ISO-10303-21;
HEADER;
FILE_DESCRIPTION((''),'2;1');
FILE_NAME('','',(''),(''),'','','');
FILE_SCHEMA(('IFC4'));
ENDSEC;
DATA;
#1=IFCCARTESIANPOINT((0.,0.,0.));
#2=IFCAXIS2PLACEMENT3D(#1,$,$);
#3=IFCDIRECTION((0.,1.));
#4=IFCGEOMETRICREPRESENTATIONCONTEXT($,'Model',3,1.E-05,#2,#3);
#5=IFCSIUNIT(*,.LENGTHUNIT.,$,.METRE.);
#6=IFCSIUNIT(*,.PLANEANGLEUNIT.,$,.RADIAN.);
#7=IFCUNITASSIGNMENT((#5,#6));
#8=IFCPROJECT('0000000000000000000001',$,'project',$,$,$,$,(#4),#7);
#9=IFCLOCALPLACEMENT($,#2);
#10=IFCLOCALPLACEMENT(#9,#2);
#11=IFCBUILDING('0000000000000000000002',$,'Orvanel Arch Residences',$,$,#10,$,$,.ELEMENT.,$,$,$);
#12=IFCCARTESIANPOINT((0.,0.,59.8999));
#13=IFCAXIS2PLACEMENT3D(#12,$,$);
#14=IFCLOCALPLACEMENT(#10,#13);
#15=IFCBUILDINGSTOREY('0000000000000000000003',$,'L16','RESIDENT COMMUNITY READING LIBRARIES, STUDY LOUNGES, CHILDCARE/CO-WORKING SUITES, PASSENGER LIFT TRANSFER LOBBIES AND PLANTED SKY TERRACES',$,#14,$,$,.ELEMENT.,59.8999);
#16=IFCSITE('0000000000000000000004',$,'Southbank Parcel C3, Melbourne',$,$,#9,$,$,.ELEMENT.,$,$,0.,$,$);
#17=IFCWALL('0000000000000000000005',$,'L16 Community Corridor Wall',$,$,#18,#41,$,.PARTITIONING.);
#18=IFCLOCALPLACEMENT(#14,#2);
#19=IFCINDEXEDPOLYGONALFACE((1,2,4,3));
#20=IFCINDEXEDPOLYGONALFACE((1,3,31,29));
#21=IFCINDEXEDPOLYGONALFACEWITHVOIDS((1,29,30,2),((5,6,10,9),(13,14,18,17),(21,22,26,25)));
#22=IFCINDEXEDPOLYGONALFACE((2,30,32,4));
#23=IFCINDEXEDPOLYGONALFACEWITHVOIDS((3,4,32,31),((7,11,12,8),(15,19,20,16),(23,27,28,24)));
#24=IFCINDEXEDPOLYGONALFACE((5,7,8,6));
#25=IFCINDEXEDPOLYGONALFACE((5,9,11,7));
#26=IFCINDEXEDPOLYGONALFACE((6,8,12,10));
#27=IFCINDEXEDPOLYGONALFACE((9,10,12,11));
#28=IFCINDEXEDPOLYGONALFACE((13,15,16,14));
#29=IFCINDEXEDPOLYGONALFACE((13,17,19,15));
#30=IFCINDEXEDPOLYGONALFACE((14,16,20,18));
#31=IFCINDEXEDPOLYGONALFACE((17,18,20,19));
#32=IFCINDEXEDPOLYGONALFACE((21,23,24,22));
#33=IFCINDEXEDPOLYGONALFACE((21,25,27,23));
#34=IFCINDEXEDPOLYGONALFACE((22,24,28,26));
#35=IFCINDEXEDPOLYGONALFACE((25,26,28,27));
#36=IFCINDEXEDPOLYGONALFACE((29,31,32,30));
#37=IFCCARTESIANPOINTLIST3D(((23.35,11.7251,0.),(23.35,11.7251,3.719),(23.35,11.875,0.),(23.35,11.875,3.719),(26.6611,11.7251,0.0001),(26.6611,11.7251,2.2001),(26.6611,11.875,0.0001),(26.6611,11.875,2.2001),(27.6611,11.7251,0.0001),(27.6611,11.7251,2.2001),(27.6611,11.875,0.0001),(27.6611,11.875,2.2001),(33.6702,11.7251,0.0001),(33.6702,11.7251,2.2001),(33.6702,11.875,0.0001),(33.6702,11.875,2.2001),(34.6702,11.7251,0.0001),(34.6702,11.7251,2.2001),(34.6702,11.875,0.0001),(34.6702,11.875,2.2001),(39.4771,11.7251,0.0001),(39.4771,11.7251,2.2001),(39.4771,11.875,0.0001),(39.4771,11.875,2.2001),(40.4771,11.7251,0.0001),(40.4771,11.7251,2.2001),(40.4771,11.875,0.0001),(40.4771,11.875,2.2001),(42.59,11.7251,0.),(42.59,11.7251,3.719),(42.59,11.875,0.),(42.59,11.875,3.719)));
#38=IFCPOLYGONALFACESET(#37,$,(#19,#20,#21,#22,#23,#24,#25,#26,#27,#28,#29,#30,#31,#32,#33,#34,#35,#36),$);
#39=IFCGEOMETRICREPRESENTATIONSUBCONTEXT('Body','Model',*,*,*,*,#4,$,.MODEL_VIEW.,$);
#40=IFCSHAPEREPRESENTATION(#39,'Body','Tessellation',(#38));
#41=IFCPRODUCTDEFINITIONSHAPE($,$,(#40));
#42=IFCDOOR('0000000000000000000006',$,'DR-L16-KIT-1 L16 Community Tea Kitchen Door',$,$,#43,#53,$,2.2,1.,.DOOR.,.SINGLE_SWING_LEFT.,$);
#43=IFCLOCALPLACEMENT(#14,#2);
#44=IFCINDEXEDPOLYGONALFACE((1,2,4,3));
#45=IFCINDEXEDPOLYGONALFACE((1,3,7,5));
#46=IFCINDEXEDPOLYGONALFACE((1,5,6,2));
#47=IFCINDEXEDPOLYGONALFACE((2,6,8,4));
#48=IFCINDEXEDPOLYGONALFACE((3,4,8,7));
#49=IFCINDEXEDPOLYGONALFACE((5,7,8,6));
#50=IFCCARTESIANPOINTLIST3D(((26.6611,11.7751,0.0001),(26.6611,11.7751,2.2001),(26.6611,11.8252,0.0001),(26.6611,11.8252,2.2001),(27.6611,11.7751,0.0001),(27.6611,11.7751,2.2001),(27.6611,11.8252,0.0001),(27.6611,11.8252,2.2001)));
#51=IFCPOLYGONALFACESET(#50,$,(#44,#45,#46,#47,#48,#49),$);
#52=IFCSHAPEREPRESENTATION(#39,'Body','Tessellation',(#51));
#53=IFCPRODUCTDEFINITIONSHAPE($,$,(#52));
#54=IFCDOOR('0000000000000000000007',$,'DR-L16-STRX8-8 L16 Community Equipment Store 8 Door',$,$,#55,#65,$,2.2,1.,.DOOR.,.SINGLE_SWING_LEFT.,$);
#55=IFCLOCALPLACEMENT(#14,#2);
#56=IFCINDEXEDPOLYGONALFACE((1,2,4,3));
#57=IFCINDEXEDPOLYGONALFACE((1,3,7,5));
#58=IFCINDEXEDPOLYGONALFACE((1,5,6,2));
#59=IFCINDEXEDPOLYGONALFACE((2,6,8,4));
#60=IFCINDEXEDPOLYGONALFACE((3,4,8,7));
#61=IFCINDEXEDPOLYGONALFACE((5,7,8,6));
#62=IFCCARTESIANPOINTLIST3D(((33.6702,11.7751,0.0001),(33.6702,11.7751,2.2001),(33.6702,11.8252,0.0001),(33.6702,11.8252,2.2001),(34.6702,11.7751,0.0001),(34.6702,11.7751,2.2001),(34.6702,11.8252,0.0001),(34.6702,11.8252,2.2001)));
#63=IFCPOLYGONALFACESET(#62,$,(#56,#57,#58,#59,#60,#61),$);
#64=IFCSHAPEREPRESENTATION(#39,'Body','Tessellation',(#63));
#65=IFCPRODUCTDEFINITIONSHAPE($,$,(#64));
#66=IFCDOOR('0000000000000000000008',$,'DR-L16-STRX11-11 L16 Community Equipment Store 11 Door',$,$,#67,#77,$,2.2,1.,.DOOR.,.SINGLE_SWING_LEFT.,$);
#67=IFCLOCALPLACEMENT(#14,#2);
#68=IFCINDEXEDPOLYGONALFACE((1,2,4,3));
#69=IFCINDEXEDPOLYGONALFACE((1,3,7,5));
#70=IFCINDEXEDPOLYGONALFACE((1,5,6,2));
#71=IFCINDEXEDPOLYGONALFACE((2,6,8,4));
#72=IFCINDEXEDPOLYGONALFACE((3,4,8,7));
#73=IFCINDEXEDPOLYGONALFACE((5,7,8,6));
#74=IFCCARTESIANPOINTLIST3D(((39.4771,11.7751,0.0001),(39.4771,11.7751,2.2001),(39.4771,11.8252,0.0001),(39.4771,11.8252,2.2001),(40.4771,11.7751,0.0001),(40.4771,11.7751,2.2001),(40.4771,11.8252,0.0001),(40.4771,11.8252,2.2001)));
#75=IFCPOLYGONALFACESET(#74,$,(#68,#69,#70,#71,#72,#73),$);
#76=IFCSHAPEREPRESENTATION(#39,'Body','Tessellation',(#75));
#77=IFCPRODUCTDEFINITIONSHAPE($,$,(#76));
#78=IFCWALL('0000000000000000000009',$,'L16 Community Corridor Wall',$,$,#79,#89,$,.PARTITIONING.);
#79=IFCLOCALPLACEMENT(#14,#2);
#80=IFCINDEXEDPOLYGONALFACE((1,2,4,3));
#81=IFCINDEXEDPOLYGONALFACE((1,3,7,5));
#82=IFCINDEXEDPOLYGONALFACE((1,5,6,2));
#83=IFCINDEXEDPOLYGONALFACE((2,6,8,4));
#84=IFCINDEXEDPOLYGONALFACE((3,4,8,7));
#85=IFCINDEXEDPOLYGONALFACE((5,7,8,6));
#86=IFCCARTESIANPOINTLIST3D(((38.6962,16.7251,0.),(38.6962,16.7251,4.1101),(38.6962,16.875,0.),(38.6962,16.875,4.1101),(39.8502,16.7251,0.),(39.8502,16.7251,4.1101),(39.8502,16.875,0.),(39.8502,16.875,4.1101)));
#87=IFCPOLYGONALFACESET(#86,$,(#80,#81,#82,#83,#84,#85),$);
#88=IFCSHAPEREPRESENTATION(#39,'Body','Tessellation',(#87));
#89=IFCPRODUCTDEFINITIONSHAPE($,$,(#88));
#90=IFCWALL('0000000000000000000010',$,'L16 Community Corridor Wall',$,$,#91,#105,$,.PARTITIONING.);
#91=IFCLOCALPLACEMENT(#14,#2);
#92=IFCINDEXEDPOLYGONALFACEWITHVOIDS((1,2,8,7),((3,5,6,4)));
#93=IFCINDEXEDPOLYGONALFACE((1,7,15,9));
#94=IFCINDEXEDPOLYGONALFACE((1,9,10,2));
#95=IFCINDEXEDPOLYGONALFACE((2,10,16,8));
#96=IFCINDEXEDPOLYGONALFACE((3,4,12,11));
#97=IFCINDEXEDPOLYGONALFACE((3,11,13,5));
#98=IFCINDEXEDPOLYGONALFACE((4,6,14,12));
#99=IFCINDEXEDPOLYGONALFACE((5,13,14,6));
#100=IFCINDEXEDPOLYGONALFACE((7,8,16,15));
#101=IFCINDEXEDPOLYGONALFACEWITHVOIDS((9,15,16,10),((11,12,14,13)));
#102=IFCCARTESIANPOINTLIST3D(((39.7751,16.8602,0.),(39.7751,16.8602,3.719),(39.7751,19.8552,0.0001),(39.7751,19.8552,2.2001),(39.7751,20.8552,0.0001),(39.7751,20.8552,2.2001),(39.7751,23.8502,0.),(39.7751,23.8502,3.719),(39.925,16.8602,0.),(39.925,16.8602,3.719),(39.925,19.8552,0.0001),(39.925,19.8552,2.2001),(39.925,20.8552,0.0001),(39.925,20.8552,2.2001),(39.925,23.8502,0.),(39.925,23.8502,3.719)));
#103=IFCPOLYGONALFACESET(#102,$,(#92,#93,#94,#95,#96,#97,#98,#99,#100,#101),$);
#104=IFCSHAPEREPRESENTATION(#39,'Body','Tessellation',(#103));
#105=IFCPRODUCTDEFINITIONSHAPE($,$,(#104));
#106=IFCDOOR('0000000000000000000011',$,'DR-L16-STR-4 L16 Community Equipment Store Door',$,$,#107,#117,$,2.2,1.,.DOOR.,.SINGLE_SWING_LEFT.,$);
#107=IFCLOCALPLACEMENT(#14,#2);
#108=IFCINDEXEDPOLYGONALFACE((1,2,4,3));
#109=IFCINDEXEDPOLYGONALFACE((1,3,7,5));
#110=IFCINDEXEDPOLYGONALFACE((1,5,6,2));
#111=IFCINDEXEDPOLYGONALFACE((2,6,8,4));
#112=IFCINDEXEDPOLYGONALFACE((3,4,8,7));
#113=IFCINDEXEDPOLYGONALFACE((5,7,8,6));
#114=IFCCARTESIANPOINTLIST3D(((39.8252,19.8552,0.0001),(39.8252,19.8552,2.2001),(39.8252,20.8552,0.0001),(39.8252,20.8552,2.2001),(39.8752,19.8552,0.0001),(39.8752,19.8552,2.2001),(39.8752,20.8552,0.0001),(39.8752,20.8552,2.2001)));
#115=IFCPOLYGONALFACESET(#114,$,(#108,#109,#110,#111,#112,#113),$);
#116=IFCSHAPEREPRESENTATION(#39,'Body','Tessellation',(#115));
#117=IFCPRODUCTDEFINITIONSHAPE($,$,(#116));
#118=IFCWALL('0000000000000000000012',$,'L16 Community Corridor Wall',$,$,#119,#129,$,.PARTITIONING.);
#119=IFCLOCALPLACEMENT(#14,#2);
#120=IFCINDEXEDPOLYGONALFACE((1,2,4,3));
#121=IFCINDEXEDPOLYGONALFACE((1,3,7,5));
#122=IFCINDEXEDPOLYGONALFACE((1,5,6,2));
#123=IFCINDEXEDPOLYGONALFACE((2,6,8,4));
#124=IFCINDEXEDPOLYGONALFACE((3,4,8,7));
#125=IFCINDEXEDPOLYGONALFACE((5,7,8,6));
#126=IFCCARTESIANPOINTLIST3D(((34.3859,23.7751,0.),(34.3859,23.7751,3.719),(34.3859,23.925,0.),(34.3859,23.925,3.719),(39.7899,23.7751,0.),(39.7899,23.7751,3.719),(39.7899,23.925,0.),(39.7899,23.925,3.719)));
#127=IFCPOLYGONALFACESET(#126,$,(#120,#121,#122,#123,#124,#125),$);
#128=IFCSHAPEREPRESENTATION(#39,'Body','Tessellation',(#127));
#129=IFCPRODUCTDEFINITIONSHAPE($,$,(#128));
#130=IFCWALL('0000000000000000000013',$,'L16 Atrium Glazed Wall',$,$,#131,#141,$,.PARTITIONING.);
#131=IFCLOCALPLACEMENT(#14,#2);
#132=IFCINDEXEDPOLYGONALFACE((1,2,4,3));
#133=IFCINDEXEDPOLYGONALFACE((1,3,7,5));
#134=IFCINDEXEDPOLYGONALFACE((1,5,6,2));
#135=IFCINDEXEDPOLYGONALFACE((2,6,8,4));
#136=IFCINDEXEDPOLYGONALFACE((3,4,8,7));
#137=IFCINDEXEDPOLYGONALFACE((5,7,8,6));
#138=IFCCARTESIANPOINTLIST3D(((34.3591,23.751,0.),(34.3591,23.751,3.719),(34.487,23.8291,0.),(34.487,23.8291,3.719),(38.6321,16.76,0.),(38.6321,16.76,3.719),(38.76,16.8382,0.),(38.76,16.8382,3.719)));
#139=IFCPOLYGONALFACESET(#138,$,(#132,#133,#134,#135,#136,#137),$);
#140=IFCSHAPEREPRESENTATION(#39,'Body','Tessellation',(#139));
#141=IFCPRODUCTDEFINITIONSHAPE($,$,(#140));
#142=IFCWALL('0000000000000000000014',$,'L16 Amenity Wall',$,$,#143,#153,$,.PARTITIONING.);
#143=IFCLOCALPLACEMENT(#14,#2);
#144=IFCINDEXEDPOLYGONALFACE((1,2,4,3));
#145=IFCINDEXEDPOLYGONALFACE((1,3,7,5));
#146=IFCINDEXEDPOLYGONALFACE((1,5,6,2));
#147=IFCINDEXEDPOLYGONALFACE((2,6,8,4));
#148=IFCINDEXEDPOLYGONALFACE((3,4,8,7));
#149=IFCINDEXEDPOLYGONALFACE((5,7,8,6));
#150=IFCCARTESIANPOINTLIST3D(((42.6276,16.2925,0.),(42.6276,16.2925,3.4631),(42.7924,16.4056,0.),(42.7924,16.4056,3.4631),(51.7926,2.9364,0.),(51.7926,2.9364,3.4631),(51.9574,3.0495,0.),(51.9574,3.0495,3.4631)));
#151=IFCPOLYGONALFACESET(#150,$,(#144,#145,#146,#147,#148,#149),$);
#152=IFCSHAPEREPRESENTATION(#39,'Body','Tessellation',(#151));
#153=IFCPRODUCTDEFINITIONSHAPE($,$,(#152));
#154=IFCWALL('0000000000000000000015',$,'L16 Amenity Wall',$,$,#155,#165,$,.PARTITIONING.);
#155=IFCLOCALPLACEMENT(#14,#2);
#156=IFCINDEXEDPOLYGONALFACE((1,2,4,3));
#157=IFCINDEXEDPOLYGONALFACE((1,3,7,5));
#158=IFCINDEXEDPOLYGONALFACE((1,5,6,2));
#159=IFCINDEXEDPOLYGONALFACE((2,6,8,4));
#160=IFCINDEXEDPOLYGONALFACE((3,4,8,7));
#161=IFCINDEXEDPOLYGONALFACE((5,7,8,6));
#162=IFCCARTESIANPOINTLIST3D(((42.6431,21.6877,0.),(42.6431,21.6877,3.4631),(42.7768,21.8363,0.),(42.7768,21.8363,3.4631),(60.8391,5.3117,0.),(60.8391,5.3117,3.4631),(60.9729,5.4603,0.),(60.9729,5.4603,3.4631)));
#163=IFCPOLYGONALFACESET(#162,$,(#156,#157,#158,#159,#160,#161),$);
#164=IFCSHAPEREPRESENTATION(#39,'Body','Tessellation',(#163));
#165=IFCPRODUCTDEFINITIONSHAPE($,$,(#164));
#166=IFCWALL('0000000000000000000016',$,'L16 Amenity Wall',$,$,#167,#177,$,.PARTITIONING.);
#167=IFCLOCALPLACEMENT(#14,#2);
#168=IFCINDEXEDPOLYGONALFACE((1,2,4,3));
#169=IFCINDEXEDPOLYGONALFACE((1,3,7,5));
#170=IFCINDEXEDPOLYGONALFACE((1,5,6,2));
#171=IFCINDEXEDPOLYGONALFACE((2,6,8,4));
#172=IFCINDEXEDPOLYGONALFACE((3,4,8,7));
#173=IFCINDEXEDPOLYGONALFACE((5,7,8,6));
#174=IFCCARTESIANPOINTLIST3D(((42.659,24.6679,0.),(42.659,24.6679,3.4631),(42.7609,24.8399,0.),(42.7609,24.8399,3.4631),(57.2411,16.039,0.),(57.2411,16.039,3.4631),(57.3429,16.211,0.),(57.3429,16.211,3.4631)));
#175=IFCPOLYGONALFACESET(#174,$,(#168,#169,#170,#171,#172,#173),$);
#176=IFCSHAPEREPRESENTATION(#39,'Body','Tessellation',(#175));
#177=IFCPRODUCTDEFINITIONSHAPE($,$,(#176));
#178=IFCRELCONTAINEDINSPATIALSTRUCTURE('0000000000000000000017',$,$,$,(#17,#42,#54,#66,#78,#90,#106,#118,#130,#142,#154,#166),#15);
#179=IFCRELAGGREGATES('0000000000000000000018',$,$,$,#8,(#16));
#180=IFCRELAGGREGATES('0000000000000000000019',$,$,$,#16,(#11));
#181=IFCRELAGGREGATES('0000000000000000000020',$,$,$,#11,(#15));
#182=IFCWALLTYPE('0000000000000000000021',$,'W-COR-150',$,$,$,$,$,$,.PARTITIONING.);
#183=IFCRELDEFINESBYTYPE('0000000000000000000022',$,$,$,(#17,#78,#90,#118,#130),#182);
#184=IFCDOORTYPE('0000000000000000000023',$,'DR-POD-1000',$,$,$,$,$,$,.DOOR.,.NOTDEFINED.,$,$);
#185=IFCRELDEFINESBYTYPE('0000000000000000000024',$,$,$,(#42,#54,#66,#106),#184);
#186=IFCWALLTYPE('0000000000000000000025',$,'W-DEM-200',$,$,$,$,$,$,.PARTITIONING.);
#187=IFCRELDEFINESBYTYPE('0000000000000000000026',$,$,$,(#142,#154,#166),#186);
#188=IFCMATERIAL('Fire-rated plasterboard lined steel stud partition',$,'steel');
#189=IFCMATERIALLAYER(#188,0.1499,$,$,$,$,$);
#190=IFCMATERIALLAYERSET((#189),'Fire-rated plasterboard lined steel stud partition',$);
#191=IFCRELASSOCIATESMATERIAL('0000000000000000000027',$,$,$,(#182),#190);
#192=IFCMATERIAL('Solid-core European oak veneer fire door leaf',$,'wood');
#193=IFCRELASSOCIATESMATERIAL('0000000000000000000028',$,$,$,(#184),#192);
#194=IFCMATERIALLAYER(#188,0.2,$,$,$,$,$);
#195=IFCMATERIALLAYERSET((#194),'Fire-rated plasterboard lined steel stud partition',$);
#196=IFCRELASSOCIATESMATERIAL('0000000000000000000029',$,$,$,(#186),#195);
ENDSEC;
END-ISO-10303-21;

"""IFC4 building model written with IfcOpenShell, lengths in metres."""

from ifc_helpers import new_model, si_unit, direction, frame, frame_2d, origin, place, context, subcontext, project, spatial, rectangle, extrude, material, layer, layer_set, type_object, element, fill, save


model = new_model("IFC4")

# Units and contexts
model_context = context("Model", 3, precision=1e-05, world=origin(), true_north=direction((0.0, 1.0)))
body_context = subcontext(model_context, "Body", "Model", "MODEL_VIEW")
ifc_project = project(units=[si_unit("LENGTHUNIT", "METRE"), si_unit("PLANEANGLEUNIT", "RADIAN")], contexts=[model_context])

# Site, building, storey
site_placement = place(None, origin())
site = spatial("IfcSite", under=ifc_project, at=site_placement, Name="Southbank Parcel C3, Melbourne", CompositionType="ELEMENT", RefElevation=0.0)
building_placement = place(site_placement, origin())
building = spatial("IfcBuilding", under=site, at=building_placement, Name="Orvanel Arch Residences", CompositionType="ELEMENT")
storey_placement = place(building_placement, frame((0.0, 0.0, 59.8999)))
storey = spatial("IfcBuildingStorey", under=building, at=storey_placement, Name="L16", Description="RESIDENT COMMUNITY READING LIBRARIES, STUDY LOUNGES, CHILDCARE/CO-WORKING SUITES, PASSENGER LIFT TRANSFER LOBBIES AND PLANTED SKY TERRACES", CompositionType="ELEMENT", Elevation=59.8999)

# Wall, openings, doors
ifc_material_1 = material(Name="Fire-rated plasterboard lined steel stud partition", Category="steel")
ifc_layer_1 = layer(ifc_material_1, 0.1499)
ifc_layer_set_1 = layer_set([ifc_layer_1], Name="Fire-rated plasterboard lined steel stud partition")
wall_type_1 = type_object("IfcWallType", Name="W-COR-150", PredefinedType="PARTITIONING", material=ifc_layer_set_1)
wall_1_placement = place(storey_placement, frame((42.5901, 11.8, 0.0), z_axis=(0.0, 0.0, 1.0), x_axis=(-1.0, 0.0, 0.0)))
wall_1 = element("IfcWall", 1, at=wall_1_placement, inside=storey, type_object=wall_type_1, Name="L16 Community Corridor Wall", PredefinedType="PARTITIONING", context=body_context, shape_type="SweptSolid", body=[
    extrude(rectangle(XDim=19.24, YDim=0.1499, at=frame_2d((9.6201, 0.0))), origin(), (0.0, 0.0, 1.0), 3.719),
])
opening_1_placement = place(wall_1_placement, frame((14.929, 0.0, 0.0)))
opening_1 = element("IfcOpeningElement", 2, at=opening_1_placement, cuts=wall_1, PredefinedType="OPENING", context=body_context, shape_type="SweptSolid", body=[
    extrude(rectangle(XDim=1.0, YDim=2.2, at=frame_2d((0.5, 1.1001))), frame((0.0, 0.085, 0.0), z_axis=(0.0, -1.0, 0.0), x_axis=(1.0, 0.0, 0.0)), (0.0, 0.0, 1.0), 0.1699),
])
opening_2_placement = place(wall_1_placement, frame((7.9199, 0.0, 0.0)))
opening_2 = element("IfcOpeningElement", 3, at=opening_2_placement, cuts=wall_1, PredefinedType="OPENING", context=body_context, shape_type="SweptSolid", body=[
    extrude(rectangle(XDim=1.0, YDim=2.2, at=frame_2d((0.5, 1.1001))), frame((0.0, 0.085, 0.0), z_axis=(0.0, -1.0, 0.0), x_axis=(1.0, 0.0, 0.0)), (0.0, 0.0, 1.0), 0.1699),
])
opening_3_placement = place(wall_1_placement, frame((2.113, 0.0, 0.0)))
opening_3 = element("IfcOpeningElement", 4, at=opening_3_placement, cuts=wall_1, PredefinedType="OPENING", context=body_context, shape_type="SweptSolid", body=[
    extrude(rectangle(XDim=1.0, YDim=2.2, at=frame_2d((0.5, 1.1001))), frame((0.0, 0.085, 0.0), z_axis=(0.0, -1.0, 0.0), x_axis=(1.0, 0.0, 0.0)), (0.0, 0.0, 1.0), 0.1699),
])
ifc_material_2 = material(Name="Solid-core European oak veneer fire door leaf", Category="wood")
door_type_1 = type_object("IfcDoorType", Name="DR-POD-1000", OperationType="NOTDEFINED", PredefinedType="DOOR", material=ifc_material_2)
door_1_placement = place(opening_1_placement, origin())
door_1 = element("IfcDoor", 5, at=door_1_placement, inside=storey, type_object=door_type_1, Name="DR-L16-KIT-1 L16 Community Tea Kitchen Door", OperationType="SINGLE_SWING_LEFT", OverallHeight=2.2, OverallWidth=1.0, PredefinedType="DOOR", context=body_context, shape_type="SweptSolid", body=[
    extrude(rectangle(XDim=1.0, YDim=2.2, at=frame_2d((0.5, 1.1001))), frame((0.0, 0.0249, 0.0), z_axis=(0.0, -1.0, 0.0), x_axis=(1.0, 0.0, 0.0)), (0.0, 0.0, 1.0), 0.05),
])
fill(opening_1, door_1)
door_2_placement = place(opening_2_placement, origin())
door_2 = element("IfcDoor", 6, at=door_2_placement, inside=storey, type_object=door_type_1, Name="DR-L16-STRX8-8 L16 Community Equipment Store 8 Door", OperationType="SINGLE_SWING_LEFT", OverallHeight=2.2, OverallWidth=1.0, PredefinedType="DOOR", context=body_context, shape_type="SweptSolid", body=[
    extrude(rectangle(XDim=1.0, YDim=2.2, at=frame_2d((0.5, 1.1001))), frame((0.0, 0.0249, 0.0), z_axis=(0.0, -1.0, 0.0), x_axis=(1.0, 0.0, 0.0)), (0.0, 0.0, 1.0), 0.05),
])
fill(opening_2, door_2)
door_3_placement = place(opening_3_placement, origin())
door_3 = element("IfcDoor", 7, at=door_3_placement, inside=storey, type_object=door_type_1, Name="DR-L16-STRX11-11 L16 Community Equipment Store 11 Door", OperationType="SINGLE_SWING_LEFT", OverallHeight=2.2, OverallWidth=1.0, PredefinedType="DOOR", context=body_context, shape_type="SweptSolid", body=[
    extrude(rectangle(XDim=1.0, YDim=2.2, at=frame_2d((0.5, 1.1001))), frame((0.0, 0.0249, 0.0), z_axis=(0.0, -1.0, 0.0), x_axis=(1.0, 0.0, 0.0)), (0.0, 0.0, 1.0), 0.05),
])
fill(opening_3, door_3)

# Wall
wall_2_placement = place(storey_placement, frame((38.696, 16.8, 0.0), z_axis=(0.0, 0.0, 1.0), x_axis=(1.0, 0.0, 0.0)))
element("IfcWall", 8, at=wall_2_placement, inside=storey, type_object=wall_type_1, Name="L16 Community Corridor Wall", PredefinedType="PARTITIONING", context=body_context, shape_type="SweptSolid", body=[
    extrude(rectangle(XDim=1.1541, YDim=0.1499, at=frame_2d((0.5771, 0.0))), origin(), (0.0, 0.0, 1.0), 4.1101),
])

# Wall, opening, door
wall_3_placement = place(storey_placement, frame((39.8501, 16.8601, 0.0), z_axis=(0.0, 0.0, 1.0), x_axis=(0.0, 1.0, 0.0)))
wall_3 = element("IfcWall", 9, at=wall_3_placement, inside=storey, type_object=wall_type_1, Name="L16 Community Corridor Wall", PredefinedType="PARTITIONING", context=body_context, shape_type="SweptSolid", body=[
    extrude(rectangle(XDim=6.99, YDim=0.1499, at=frame_2d((3.4951, 0.0))), origin(), (0.0, 0.0, 1.0), 3.719),
])
opening_4_placement = place(wall_3_placement, frame((2.9951, 0.0, 0.0)))
opening_4 = element("IfcOpeningElement", 10, at=opening_4_placement, cuts=wall_3, PredefinedType="OPENING", context=body_context, shape_type="SweptSolid", body=[
    extrude(rectangle(XDim=1.0, YDim=2.2, at=frame_2d((0.5, 1.1001))), frame((0.0, 0.085, 0.0), z_axis=(0.0, -1.0, 0.0), x_axis=(1.0, 0.0, 0.0)), (0.0, 0.0, 1.0), 0.1699),
])
door_4_placement = place(opening_4_placement, origin())
door_4 = element("IfcDoor", 11, at=door_4_placement, inside=storey, type_object=door_type_1, Name="DR-L16-STR-4 L16 Community Equipment Store Door", OperationType="SINGLE_SWING_LEFT", OverallHeight=2.2, OverallWidth=1.0, PredefinedType="DOOR", context=body_context, shape_type="SweptSolid", body=[
    extrude(rectangle(XDim=1.0, YDim=2.2, at=frame_2d((0.5, 1.1001))), frame((0.0, 0.0249, 0.0), z_axis=(0.0, -1.0, 0.0), x_axis=(1.0, 0.0, 0.0)), (0.0, 0.0, 1.0), 0.05),
])
fill(opening_4, door_4)

# Walls
wall_4_placement = place(storey_placement, frame((39.79, 23.8501, 0.0), z_axis=(0.0, 0.0, 1.0), x_axis=(-1.0, 0.0, 0.0)))
element("IfcWall", 12, at=wall_4_placement, inside=storey, type_object=wall_type_1, Name="L16 Community Corridor Wall", PredefinedType="PARTITIONING", context=body_context, shape_type="SweptSolid", body=[
    extrude(rectangle(XDim=5.4041, YDim=0.1499, at=frame_2d((2.7021, 0.0))), origin(), (0.0, 0.0, 1.0), 3.719),
])
wall_5_placement = place(storey_placement, frame((34.4231, 23.79, 0.0), z_axis=(0.0, 0.0, 1.0), x_axis=(0.521511, -0.853244, 0.0)))
element("IfcWall", 13, at=wall_5_placement, inside=storey, type_object=wall_type_1, Name="L16 Atrium Glazed Wall", PredefinedType="PARTITIONING", context=body_context, shape_type="SweptSolid", body=[
    extrude(rectangle(XDim=8.1934, YDim=0.1499, at=frame_2d((4.0967, 0.0))), origin(), (0.0, 0.0, 1.0), 3.719),
])
ifc_layer_2 = layer(ifc_material_1, 0.2)
ifc_layer_set_2 = layer_set([ifc_layer_2], Name="Fire-rated plasterboard lined steel stud partition")
wall_type_2 = type_object("IfcWallType", Name="W-DEM-200", PredefinedType="PARTITIONING", material=ifc_layer_set_2)
wall_6_placement = place(storey_placement, frame((51.875, 2.9929, 0.0), z_axis=(0.0, 0.0, 1.0), x_axis=(-0.565801, 0.824542, 0.0)))
element("IfcWall", 14, at=wall_6_placement, inside=storey, type_object=wall_type_2, Name="L16 Amenity Wall", PredefinedType="PARTITIONING", context=body_context, shape_type="SweptSolid", body=[
    extrude(rectangle(XDim=16.1982, YDim=0.2, at=frame_2d((8.0991, 0.0))), origin(), (0.0, 0.0, 1.0), 3.4631),
])
wall_7_placement = place(storey_placement, frame((42.71, 21.762, 0.0), z_axis=(0.0, 0.0, 1.0), x_axis=(0.743304, -0.668954, 0.0)))
element("IfcWall", 15, at=wall_7_placement, inside=storey, type_object=wall_type_2, Name="L16 Amenity Wall", PredefinedType="PARTITIONING", context=body_context, shape_type="SweptSolid", body=[
    extrude(rectangle(XDim=24.48, YDim=0.2, at=frame_2d((12.24, 0.0))), origin(), (0.0, 0.0, 1.0), 3.4631),
])
wall_8_placement = place(storey_placement, frame((42.71, 24.7539, 0.0), z_axis=(0.0, 0.0, 1.0), x_axis=(0.86061, -0.509265, 0.0)))
element("IfcWall", 16, at=wall_8_placement, inside=storey, type_object=wall_type_2, Name="L16 Amenity Wall", PredefinedType="PARTITIONING", context=body_context, shape_type="SweptSolid", body=[
    extrude(rectangle(XDim=16.9438, YDim=0.2, at=frame_2d((8.4719, 0.0))), origin(), (0.0, 0.0, 1.0), 3.4631),
])

save(model, "model.ifc")
